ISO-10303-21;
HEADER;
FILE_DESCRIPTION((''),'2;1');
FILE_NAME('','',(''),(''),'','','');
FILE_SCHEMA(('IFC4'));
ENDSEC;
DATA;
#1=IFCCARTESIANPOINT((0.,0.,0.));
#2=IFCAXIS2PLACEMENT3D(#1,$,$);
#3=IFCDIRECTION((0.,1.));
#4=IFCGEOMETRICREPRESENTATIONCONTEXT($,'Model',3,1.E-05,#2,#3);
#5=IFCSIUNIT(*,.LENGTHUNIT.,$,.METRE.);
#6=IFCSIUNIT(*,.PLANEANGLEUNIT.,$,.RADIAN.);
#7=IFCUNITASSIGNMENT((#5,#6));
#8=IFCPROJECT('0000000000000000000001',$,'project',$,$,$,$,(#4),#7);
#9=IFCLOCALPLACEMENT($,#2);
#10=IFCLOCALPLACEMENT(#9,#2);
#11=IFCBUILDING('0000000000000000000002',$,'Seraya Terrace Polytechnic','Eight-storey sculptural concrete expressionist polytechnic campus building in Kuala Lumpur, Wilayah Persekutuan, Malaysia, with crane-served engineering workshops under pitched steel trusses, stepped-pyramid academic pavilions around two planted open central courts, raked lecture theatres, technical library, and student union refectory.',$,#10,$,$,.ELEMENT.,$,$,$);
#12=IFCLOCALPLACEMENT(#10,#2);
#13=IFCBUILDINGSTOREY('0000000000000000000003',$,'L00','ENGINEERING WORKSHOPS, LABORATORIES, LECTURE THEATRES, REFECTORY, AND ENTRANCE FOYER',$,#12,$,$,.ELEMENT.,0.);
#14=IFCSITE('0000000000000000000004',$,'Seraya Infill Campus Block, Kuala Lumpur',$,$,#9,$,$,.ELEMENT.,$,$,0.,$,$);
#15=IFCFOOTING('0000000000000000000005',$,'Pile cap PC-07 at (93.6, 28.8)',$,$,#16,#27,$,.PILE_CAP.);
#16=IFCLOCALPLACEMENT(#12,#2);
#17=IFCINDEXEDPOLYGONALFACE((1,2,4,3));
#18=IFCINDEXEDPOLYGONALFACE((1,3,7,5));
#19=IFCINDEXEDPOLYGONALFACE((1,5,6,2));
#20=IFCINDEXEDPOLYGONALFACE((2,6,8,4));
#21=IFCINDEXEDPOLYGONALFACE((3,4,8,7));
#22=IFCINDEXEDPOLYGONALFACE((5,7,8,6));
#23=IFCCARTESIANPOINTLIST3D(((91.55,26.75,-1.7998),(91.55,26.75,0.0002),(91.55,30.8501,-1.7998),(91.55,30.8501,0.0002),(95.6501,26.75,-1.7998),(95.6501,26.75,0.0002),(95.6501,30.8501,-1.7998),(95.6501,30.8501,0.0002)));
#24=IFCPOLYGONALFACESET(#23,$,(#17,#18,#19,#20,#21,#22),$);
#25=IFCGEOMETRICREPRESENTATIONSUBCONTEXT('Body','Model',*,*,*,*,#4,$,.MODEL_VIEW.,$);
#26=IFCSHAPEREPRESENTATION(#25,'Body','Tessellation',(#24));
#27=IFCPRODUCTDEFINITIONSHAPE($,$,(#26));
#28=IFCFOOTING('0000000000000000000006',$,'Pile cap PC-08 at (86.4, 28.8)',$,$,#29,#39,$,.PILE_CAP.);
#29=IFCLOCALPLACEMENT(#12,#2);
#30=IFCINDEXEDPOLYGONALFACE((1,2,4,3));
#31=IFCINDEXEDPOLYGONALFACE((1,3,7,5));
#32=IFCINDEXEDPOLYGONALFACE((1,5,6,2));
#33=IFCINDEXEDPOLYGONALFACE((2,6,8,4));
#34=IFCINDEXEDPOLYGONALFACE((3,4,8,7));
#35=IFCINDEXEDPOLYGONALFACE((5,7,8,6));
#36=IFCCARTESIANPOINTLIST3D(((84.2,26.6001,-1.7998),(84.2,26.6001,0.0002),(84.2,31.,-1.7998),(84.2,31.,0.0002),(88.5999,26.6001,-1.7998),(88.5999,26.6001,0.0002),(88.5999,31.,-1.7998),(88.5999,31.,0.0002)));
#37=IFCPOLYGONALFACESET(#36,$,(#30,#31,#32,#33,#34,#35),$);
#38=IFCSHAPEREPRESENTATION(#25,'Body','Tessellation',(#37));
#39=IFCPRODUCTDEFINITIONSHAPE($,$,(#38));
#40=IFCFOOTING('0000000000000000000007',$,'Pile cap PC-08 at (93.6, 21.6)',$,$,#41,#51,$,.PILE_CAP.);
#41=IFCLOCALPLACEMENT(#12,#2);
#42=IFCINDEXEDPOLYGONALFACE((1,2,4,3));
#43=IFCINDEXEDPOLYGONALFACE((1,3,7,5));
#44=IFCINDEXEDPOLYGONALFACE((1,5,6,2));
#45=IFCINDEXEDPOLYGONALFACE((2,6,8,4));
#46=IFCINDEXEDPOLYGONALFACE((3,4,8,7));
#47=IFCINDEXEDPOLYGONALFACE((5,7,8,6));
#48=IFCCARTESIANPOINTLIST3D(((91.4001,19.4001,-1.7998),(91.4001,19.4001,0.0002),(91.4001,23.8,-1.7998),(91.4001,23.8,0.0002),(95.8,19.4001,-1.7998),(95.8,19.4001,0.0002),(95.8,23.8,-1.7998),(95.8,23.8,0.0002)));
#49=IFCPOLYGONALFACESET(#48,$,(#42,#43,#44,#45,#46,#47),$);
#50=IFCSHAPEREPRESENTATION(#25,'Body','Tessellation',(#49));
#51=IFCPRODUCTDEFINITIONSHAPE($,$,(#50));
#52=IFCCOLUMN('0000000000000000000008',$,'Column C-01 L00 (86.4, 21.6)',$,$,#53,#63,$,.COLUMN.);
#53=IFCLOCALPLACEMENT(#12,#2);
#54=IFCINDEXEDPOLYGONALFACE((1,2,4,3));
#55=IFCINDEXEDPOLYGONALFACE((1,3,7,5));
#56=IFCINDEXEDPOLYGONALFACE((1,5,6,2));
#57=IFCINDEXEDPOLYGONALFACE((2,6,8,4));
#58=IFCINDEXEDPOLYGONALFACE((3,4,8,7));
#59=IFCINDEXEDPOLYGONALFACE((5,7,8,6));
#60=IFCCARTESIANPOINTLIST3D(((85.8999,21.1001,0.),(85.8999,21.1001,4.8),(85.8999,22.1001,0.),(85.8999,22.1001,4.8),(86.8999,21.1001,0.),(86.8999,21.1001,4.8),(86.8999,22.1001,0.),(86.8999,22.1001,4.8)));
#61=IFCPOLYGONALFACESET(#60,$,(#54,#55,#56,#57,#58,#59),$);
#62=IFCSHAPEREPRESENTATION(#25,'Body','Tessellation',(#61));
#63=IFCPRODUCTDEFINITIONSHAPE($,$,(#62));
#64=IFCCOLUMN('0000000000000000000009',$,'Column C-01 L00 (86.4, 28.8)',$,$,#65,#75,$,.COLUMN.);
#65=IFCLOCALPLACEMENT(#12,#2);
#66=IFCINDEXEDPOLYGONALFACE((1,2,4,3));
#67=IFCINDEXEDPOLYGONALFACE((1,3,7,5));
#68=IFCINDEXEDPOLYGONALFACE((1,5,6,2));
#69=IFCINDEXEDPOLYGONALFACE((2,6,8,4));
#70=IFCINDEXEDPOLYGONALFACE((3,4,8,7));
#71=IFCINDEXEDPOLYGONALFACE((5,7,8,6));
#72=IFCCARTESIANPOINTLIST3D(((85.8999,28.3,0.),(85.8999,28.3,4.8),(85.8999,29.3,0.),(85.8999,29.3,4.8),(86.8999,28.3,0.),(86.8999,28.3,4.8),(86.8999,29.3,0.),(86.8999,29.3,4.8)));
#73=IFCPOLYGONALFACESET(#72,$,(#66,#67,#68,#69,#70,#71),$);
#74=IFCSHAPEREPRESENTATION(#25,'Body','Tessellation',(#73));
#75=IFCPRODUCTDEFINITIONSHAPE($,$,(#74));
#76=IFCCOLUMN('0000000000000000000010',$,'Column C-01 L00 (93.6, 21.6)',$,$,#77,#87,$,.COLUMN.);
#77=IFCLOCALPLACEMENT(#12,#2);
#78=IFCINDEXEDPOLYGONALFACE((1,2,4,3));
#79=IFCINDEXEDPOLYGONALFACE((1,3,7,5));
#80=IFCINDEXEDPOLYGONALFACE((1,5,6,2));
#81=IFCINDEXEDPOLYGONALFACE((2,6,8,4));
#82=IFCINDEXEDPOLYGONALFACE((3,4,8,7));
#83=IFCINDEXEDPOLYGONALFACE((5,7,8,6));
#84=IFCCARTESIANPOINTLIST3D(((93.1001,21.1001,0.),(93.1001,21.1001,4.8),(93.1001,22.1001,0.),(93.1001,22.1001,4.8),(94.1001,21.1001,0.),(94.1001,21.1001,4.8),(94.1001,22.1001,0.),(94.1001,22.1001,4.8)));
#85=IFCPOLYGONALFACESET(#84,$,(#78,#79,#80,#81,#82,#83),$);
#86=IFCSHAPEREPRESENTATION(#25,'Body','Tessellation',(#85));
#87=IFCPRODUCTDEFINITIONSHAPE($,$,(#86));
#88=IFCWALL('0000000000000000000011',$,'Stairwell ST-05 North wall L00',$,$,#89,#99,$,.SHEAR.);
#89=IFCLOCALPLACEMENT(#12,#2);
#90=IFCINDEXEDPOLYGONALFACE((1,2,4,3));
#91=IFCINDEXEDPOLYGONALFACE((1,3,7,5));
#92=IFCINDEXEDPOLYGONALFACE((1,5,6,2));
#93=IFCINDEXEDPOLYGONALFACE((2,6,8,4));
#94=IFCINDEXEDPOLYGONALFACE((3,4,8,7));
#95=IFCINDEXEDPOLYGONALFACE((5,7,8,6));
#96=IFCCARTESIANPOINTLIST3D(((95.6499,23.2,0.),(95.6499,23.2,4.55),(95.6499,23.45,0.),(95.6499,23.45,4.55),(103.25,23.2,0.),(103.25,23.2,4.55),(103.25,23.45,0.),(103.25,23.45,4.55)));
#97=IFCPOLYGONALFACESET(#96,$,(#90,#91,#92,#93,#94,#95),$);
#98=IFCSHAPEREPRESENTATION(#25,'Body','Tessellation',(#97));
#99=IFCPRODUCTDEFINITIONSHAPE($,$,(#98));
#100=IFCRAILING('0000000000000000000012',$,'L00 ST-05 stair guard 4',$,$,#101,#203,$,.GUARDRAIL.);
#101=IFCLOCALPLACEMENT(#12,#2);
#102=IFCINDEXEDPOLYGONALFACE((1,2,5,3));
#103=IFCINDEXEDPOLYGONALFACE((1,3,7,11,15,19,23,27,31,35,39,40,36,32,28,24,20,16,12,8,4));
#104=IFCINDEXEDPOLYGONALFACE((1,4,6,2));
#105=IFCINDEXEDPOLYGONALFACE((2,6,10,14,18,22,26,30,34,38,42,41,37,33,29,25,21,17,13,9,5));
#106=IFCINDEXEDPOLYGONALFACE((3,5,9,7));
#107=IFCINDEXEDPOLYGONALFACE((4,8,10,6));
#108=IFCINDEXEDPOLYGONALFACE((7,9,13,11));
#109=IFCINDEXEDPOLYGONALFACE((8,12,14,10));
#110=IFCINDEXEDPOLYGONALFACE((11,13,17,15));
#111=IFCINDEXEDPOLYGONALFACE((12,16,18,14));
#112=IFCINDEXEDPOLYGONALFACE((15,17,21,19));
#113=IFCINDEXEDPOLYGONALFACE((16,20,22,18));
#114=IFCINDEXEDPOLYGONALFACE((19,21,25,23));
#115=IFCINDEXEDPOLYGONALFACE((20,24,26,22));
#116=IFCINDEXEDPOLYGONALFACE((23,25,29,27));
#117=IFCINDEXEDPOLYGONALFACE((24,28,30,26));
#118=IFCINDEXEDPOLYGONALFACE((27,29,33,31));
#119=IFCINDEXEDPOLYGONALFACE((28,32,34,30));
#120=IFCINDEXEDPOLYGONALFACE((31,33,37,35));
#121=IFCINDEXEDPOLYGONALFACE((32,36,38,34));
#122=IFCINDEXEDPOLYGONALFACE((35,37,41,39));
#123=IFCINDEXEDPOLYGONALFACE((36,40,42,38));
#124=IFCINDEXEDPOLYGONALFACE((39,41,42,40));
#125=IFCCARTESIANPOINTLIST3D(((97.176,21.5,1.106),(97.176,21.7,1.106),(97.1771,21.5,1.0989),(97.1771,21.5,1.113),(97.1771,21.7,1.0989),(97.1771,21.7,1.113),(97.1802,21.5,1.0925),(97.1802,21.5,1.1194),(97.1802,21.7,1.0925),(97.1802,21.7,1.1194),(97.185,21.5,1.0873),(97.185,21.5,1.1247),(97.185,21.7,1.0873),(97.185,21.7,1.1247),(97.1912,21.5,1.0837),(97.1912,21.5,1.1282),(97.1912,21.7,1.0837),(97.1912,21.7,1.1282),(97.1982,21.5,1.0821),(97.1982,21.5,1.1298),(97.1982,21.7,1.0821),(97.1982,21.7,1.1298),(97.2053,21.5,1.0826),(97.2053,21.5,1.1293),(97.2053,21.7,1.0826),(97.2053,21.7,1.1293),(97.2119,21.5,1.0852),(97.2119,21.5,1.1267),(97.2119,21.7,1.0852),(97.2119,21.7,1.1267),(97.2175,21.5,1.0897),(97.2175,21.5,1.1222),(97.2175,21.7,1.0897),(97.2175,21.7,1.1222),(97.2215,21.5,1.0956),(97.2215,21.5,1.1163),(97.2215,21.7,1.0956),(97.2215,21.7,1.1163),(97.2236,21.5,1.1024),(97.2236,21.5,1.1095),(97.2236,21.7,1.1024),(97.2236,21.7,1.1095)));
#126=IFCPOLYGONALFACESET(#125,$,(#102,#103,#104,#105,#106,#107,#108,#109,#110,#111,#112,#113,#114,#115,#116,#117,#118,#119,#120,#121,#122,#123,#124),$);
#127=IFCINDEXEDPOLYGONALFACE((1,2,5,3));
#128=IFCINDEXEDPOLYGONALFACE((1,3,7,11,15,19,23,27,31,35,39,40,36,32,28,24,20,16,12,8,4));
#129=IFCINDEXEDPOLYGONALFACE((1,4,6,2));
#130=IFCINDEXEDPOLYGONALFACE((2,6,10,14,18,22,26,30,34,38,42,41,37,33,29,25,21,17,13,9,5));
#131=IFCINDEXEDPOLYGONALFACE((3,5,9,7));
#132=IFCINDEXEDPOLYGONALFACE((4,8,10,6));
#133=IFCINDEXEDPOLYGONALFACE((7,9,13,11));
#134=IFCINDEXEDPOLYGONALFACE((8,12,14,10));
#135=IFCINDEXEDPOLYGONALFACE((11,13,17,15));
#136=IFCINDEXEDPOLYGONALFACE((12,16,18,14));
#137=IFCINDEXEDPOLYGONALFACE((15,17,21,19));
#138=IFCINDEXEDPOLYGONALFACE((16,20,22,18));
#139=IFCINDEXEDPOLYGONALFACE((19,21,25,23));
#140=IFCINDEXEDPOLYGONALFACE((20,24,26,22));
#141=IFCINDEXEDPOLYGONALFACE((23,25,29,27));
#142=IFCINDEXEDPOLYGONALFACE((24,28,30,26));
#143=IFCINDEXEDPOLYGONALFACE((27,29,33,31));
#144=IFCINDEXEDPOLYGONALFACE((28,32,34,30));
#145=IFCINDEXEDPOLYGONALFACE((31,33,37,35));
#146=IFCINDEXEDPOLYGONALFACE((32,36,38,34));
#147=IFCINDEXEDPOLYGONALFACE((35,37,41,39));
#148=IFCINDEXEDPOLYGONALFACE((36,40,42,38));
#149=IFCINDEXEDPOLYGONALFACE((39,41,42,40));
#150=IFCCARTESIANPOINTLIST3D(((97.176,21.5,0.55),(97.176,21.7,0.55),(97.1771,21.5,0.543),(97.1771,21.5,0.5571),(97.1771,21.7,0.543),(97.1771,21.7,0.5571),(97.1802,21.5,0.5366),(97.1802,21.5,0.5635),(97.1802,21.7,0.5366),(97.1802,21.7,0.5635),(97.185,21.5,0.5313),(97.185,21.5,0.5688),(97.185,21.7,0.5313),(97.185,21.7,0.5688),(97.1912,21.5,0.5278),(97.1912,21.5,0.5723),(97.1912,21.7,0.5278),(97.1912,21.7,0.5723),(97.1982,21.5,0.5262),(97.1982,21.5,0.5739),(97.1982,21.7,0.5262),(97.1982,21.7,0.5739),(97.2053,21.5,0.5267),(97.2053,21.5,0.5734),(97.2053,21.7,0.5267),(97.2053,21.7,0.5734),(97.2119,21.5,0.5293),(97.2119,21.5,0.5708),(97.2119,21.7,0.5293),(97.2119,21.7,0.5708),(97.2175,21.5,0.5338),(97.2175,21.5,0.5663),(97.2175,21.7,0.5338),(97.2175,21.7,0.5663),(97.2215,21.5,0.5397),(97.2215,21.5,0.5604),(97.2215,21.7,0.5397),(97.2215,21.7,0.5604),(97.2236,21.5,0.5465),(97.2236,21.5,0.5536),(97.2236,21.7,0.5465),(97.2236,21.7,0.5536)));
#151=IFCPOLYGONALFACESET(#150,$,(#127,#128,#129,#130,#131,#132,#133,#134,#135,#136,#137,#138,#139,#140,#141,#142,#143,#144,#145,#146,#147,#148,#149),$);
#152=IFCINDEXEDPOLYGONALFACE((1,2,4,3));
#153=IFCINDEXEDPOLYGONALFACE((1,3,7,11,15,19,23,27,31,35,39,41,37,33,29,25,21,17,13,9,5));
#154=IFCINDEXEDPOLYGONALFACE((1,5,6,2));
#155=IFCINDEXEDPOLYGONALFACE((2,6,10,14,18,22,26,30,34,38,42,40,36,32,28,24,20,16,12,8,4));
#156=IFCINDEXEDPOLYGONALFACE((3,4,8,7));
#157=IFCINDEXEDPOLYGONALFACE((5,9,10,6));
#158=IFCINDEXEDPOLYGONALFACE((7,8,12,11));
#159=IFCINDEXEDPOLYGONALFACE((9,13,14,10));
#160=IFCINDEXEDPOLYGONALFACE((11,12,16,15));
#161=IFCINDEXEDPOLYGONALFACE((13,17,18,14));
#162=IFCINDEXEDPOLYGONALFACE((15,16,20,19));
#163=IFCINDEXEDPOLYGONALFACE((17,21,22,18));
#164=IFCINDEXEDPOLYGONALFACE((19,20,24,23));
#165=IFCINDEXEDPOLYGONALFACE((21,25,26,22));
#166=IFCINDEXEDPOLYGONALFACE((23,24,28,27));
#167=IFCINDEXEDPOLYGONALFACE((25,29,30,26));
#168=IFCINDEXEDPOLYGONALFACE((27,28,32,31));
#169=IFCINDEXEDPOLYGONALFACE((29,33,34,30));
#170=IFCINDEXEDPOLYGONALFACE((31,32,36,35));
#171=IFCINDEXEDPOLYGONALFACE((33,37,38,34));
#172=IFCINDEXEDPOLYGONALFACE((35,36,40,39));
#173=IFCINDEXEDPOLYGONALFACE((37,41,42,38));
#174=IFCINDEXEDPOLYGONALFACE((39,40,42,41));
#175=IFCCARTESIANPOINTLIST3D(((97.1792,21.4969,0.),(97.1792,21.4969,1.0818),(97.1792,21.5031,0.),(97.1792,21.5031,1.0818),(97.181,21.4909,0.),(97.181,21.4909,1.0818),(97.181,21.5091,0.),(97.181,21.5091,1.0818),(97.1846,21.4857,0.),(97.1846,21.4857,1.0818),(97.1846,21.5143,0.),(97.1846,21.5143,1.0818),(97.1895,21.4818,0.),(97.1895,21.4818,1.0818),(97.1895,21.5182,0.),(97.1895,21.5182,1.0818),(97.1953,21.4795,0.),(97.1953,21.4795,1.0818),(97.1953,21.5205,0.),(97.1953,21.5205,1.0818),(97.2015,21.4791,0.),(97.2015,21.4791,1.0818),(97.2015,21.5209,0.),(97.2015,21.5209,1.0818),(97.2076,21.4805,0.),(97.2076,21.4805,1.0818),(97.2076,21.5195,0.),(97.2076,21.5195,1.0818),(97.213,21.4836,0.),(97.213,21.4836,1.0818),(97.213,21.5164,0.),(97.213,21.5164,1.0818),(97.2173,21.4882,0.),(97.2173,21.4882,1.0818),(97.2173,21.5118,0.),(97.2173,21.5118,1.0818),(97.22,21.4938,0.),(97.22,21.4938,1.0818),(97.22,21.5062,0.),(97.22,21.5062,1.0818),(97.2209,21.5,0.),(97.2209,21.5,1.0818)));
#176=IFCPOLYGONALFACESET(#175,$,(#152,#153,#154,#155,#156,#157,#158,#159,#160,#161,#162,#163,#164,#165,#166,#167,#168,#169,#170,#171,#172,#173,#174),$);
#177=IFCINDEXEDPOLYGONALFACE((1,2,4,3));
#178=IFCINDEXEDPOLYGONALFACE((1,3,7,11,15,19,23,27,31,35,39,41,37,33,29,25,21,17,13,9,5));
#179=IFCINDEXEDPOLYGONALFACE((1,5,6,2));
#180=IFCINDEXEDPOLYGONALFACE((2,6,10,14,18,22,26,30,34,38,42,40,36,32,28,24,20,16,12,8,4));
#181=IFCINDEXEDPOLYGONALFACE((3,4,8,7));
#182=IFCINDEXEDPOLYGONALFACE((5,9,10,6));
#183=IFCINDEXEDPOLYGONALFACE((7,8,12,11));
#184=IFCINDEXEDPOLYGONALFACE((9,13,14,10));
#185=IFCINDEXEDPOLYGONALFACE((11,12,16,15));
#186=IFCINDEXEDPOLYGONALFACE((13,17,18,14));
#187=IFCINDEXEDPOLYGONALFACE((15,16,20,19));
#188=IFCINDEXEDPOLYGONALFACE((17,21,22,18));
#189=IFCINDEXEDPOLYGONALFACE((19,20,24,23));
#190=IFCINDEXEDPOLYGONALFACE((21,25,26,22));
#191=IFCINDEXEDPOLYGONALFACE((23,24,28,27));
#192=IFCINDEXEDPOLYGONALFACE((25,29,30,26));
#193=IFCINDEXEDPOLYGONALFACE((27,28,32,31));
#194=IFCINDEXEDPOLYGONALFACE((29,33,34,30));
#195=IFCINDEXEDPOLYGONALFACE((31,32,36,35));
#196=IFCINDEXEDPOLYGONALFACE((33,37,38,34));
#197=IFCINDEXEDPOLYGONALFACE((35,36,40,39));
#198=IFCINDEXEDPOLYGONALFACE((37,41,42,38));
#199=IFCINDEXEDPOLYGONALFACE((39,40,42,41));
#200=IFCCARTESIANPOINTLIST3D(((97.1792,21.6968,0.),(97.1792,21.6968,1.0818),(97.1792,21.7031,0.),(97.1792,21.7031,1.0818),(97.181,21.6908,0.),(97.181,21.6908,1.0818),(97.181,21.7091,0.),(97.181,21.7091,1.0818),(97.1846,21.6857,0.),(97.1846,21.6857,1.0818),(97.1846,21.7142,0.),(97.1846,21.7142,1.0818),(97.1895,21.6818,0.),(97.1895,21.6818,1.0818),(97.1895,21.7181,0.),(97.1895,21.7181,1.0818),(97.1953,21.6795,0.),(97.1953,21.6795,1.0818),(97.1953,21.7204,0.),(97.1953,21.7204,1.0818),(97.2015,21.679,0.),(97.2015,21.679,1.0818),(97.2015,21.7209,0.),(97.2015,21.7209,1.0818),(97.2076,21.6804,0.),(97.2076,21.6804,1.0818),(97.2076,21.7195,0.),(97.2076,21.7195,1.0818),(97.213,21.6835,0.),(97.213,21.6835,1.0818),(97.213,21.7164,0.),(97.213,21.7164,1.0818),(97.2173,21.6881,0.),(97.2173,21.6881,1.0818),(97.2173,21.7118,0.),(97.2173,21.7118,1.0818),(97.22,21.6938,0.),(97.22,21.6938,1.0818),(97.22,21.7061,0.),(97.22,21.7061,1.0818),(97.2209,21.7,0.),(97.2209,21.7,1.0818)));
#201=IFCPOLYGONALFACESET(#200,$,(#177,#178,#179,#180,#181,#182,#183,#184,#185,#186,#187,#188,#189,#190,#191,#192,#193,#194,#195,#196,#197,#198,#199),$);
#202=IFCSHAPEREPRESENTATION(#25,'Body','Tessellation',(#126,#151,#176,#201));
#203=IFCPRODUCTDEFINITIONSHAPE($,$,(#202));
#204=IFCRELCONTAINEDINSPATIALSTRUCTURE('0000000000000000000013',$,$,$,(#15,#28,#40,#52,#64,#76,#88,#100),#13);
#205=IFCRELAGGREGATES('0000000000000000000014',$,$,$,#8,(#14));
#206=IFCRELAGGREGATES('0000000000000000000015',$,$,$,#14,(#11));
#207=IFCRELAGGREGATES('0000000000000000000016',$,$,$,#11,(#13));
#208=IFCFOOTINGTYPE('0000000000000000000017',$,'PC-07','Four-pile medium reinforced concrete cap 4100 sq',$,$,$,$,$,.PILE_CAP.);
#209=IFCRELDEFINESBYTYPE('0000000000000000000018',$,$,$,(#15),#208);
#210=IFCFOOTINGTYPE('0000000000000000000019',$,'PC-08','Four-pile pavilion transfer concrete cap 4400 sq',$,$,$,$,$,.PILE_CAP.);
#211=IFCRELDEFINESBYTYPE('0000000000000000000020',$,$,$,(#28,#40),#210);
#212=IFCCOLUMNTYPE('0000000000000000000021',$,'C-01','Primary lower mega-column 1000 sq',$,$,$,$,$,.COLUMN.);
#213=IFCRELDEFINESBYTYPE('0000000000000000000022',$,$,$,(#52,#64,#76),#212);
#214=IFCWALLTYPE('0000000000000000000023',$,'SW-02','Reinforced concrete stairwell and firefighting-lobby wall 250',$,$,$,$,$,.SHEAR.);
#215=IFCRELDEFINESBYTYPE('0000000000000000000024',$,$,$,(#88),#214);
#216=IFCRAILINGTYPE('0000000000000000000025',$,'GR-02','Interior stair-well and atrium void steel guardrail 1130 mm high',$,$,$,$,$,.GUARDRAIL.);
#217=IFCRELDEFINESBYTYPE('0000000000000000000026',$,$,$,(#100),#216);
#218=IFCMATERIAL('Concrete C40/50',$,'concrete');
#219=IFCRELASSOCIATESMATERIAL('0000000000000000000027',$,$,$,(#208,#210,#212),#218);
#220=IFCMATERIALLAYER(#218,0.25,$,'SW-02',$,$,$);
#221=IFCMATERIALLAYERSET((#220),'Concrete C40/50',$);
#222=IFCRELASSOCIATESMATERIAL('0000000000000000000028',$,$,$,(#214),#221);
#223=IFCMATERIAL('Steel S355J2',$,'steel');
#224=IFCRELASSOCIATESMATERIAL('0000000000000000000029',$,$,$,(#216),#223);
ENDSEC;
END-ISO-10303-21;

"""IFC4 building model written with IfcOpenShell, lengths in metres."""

from ifc_helpers import new_model, si_unit, direction, frame, frame_2d, origin, origin_2d, place, context, subcontext, project, spatial, rectangle, circle, extrude, material, layer, layer_set, material_profile, profile_set, type_object, element, save


model = new_model("IFC4")

# Units and contexts
model_context = context("Model", 3, precision=1e-05, world=origin(), true_north=direction((0.0, 1.0)))
body_context = subcontext(model_context, "Body", "Model", "MODEL_VIEW")
ifc_project = project(units=[si_unit("LENGTHUNIT", "METRE"), si_unit("PLANEANGLEUNIT", "RADIAN")], contexts=[model_context])

# Site, building, storey
site_placement = place(None, origin())
site = spatial("IfcSite", under=ifc_project, at=site_placement, Name="Seraya Infill Campus Block, Kuala Lumpur", CompositionType="ELEMENT", RefElevation=0.0)
building_placement = place(site_placement, origin())
building = spatial("IfcBuilding", under=site, at=building_placement, Name="Seraya Terrace Polytechnic", Description="Eight-storey sculptural concrete expressionist polytechnic campus building in Kuala Lumpur, Wilayah Persekutuan, Malaysia, with crane-served engineering workshops under pitched steel trusses, stepped-pyramid academic pavilions around two planted open central courts, raked lecture theatres, technical library, and student union refectory.", CompositionType="ELEMENT")
storey_placement = place(building_placement, origin())
storey = spatial("IfcBuildingStorey", under=building, at=storey_placement, Name="L00", Description="ENGINEERING WORKSHOPS, LABORATORIES, LECTURE THEATRES, REFECTORY, AND ENTRANCE FOYER", CompositionType="ELEMENT", Elevation=0.0)

# Shared definitions
ifc_material_1 = material(Name="Concrete C40/50", Category="concrete")

# Footings
footing_type_1 = type_object("IfcFootingType", Name="PC-07", Description="Four-pile medium reinforced concrete cap 4100 sq", PredefinedType="PILE_CAP", material=ifc_material_1)
for number, where, z_axis, x_axis, name in (
    (1, (93.6001, 28.8, -1.7998), (0.0, 0.0, 1.0), (1.0, 0.0, 0.0), "Pile cap PC-07 at (93.6, 28.8)"),
):
    element("IfcFooting", number, at=place(storey_placement, frame(where, z_axis=z_axis, x_axis=x_axis)), inside=storey, type_object=footing_type_1, Name=name, PredefinedType="PILE_CAP", context=body_context, shape_type="SweptSolid", body=[
        extrude(rectangle(XDim=4.1001, YDim=4.1001, at=origin_2d()), origin(), (0.0, 0.0, 1.0), 1.8),
    ])
footing_type_2 = type_object("IfcFootingType", Name="PC-08", Description="Four-pile pavilion transfer concrete cap 4400 sq", PredefinedType="PILE_CAP", material=ifc_material_1)
for number, where, z_axis, x_axis, name in (
    (2, (86.3999, 28.8, -1.7998), (0.0, 0.0, 1.0), (1.0, 0.0, 0.0), "Pile cap PC-08 at (86.4, 28.8)"),
    (3, (93.6001, 21.6001, -1.7998), (0.0, 0.0, 1.0), (1.0, 0.0, 0.0), "Pile cap PC-08 at (93.6, 21.6)"),
):
    element("IfcFooting", number, at=place(storey_placement, frame(where, z_axis=z_axis, x_axis=x_axis)), inside=storey, type_object=footing_type_2, Name=name, PredefinedType="PILE_CAP", context=body_context, shape_type="SweptSolid", body=[
        extrude(rectangle(XDim=4.3999, YDim=4.3999, at=origin_2d()), origin(), (0.0, 0.0, 1.0), 1.8),
    ])

# Columns
ifc_material_profile_1 = material_profile(ifc_material_1, rectangle(XDim=1.0, YDim=1.0, at=origin_2d()), Name="RC 1000x1000")
ifc_profile_set_1 = profile_set([ifc_material_profile_1], Name="Concrete C40/50")
column_type = type_object("IfcColumnType", Name="C-01", Description="Primary lower mega-column 1000 sq", PredefinedType="COLUMN", material=ifc_profile_set_1)
for number, where, z_axis, x_axis, name in (
    (4, (86.3999, 21.6001, 0.0), (0.0, 0.0, 1.0), (1.0, 0.0, 0.0), "Column C-01 L00 (86.4, 21.6)"),
    (5, (86.3999, 28.8, 0.0), (0.0, 0.0, 1.0), (1.0, 0.0, 0.0), "Column C-01 L00 (86.4, 28.8)"),
    (6, (93.6001, 21.6001, 0.0), (0.0, 0.0, 1.0), (1.0, 0.0, 0.0), "Column C-01 L00 (93.6, 21.6)"),
):
    element("IfcColumn", number, at=place(storey_placement, frame(where, z_axis=z_axis, x_axis=x_axis)), inside=storey, type_object=column_type, Name=name, PredefinedType="COLUMN", context=body_context, shape_type="SweptSolid", body=[
        extrude(rectangle(XDim=1.0, YDim=1.0, at=origin_2d()), origin(), (0.0, 0.0, 1.0), 4.8),
    ])

# Wall
ifc_layer = layer(ifc_material_1, 0.25, Name="SW-02")
ifc_layer_set = layer_set([ifc_layer], Name="Concrete C40/50")
wall_type = type_object("IfcWallType", Name="SW-02", Description="Reinforced concrete stairwell and firefighting-lobby wall 250", PredefinedType="SHEAR", material=ifc_layer_set)
wall_placement = place(storey_placement, frame((95.6499, 23.325, 0.0), z_axis=(0.0, 0.0, 1.0), x_axis=(1.0, 0.0, 0.0)))
element("IfcWall", 7, at=wall_placement, inside=storey, type_object=wall_type, Name="Stairwell ST-05 North wall L00", PredefinedType="SHEAR", context=body_context, shape_type="SweptSolid", body=[
    extrude(rectangle(XDim=7.6001, YDim=0.25, at=frame_2d((3.8, 0.0))), origin(), (0.0, 0.0, 1.0), 4.55),
])

# Railing
ifc_material_2 = material(Name="Steel S355J2", Category="steel")
railing_type = type_object("IfcRailingType", Name="GR-02", Description="Interior stair-well and atrium void steel guardrail 1130 mm high", PredefinedType="GUARDRAIL", material=ifc_material_2)
railing_1_placement = place(storey_placement, frame((97.2, 21.5, 0.0)))
element("IfcRailing", 8, at=railing_1_placement, inside=storey, type_object=railing_type, Name="L00 ST-05 stair guard 4", PredefinedType="GUARDRAIL", context=body_context, shape_type="SweptSolid", body=[
    extrude(circle(Radius=0.0239, at=origin_2d()), frame((0.0, 0.0, 1.106), z_axis=(0.0, 1.0, 0.0), x_axis=(-1.0, 0.0, 0.0)), (0.0, 0.0, 1.0), 0.2),
    extrude(circle(Radius=0.0239, at=origin_2d()), frame((0.0, 0.0, 0.55), z_axis=(0.0, 1.0, 0.0), x_axis=(-1.0, 0.0, 0.0)), (0.0, 0.0, 1.0), 0.2),
    extrude(circle(Radius=0.021, at=origin_2d()), origin(), (0.0, 0.0, 1.0), 1.0818),
    extrude(circle(Radius=0.021, at=origin_2d()), frame((0.0, 0.2, 0.0)), (0.0, 0.0, 1.0), 1.0818),
])

save(model, "model.ifc")
